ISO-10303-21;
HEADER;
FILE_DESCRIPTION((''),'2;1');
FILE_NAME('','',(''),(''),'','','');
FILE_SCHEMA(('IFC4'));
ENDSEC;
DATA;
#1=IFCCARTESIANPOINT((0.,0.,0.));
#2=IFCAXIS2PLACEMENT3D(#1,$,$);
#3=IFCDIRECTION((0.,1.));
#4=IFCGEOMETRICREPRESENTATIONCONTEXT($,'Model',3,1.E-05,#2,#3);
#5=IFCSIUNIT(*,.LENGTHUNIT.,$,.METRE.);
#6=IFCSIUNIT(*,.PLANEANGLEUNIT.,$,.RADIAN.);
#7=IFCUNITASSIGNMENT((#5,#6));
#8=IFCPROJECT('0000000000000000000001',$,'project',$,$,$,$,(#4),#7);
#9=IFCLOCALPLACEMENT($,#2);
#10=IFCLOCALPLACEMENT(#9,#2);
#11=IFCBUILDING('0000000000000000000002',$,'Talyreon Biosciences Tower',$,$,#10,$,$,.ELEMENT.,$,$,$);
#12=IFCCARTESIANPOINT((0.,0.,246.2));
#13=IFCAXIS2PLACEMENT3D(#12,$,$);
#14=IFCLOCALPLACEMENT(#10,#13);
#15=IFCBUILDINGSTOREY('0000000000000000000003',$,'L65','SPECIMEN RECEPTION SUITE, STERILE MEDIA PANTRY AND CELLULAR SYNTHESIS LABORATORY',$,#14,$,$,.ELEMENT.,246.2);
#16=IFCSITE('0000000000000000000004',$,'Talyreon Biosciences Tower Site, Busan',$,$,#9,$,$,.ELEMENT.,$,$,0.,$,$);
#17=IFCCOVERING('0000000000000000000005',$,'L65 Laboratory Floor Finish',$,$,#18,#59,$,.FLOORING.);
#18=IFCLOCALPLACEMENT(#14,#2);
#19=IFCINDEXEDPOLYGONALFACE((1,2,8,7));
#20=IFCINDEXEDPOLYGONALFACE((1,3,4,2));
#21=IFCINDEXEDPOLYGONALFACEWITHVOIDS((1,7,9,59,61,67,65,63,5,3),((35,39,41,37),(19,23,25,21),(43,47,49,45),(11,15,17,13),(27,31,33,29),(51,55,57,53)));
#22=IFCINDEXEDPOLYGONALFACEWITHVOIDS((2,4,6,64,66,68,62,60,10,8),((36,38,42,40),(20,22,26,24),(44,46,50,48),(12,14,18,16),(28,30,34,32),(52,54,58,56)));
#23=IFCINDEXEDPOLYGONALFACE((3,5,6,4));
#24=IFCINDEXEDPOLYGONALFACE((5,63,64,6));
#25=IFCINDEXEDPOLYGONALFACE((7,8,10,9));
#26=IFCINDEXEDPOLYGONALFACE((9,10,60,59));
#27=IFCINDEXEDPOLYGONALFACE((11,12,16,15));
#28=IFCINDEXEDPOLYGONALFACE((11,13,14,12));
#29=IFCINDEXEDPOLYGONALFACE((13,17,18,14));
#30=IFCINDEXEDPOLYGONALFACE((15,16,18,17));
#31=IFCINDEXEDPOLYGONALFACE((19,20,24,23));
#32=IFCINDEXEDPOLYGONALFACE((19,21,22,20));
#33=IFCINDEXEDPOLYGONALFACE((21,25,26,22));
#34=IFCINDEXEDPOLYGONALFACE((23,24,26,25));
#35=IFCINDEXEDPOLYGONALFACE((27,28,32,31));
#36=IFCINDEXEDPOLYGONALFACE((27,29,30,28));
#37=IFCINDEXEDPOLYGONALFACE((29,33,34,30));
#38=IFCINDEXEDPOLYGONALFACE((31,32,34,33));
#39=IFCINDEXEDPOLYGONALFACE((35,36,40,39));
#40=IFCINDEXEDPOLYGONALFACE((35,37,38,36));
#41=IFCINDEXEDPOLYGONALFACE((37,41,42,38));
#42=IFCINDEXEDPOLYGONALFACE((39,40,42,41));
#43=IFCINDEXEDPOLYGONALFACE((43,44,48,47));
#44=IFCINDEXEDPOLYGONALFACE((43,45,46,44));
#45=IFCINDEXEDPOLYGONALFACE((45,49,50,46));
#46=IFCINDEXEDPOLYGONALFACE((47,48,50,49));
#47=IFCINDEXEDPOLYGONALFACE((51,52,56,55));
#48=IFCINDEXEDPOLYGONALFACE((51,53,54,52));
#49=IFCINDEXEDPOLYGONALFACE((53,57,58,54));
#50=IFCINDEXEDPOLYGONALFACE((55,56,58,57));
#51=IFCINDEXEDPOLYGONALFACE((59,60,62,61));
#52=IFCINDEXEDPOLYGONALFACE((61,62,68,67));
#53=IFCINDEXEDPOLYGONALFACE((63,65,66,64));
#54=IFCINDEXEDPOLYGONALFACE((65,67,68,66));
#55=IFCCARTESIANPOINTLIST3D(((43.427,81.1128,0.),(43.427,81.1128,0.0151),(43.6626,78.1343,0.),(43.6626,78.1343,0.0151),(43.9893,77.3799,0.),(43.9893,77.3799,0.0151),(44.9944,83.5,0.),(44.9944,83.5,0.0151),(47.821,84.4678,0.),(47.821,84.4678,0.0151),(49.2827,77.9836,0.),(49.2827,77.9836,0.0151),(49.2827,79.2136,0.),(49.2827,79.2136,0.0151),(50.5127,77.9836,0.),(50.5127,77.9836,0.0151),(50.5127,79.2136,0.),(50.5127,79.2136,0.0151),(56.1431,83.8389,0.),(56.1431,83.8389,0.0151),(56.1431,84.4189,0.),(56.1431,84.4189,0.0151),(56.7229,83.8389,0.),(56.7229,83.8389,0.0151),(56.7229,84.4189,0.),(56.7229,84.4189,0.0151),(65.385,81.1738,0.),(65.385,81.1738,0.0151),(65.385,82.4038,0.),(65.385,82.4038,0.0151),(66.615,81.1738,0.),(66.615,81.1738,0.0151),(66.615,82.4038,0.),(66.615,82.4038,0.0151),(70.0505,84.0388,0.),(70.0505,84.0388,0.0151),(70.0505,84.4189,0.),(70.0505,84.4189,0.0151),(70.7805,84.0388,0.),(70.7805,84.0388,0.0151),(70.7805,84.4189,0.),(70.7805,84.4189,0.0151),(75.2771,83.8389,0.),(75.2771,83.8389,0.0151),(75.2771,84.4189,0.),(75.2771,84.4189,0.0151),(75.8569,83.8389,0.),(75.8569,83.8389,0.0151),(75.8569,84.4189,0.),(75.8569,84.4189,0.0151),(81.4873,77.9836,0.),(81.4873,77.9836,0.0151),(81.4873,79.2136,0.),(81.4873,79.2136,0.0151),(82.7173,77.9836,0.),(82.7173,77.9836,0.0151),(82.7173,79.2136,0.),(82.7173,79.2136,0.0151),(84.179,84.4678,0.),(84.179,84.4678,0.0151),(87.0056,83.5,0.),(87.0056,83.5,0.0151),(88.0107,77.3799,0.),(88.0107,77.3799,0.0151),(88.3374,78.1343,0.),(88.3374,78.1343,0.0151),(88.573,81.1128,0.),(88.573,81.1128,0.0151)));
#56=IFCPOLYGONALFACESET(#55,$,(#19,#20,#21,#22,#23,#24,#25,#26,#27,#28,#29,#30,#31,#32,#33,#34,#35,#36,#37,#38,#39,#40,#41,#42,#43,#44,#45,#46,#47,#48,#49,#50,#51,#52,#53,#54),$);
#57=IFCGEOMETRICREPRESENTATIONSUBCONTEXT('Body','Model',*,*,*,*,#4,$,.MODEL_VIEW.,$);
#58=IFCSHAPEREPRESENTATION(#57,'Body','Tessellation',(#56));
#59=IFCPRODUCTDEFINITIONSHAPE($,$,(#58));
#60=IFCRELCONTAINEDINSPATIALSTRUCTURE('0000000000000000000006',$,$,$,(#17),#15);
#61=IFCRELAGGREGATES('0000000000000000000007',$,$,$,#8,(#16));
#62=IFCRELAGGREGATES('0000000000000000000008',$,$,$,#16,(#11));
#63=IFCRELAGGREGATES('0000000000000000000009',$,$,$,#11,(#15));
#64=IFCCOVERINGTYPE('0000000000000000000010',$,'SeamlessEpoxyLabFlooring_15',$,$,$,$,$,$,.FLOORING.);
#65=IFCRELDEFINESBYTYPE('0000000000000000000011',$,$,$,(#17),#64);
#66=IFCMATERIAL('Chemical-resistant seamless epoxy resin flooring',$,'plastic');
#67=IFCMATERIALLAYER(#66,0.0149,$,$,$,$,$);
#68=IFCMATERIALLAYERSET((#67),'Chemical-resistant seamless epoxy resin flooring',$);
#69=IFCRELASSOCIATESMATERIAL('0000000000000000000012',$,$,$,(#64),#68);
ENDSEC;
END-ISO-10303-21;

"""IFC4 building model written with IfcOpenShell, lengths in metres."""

from ifc_helpers import new_model, si_unit, direction, frame, origin, place, context, subcontext, project, spatial, polyline, outline, extrude, material, layer, layer_set, type_object, element, save


model = new_model("IFC4")

# Units and contexts
model_context = context("Model", 3, precision=1e-05, world=origin(), true_north=direction((0.0, 1.0)))
body_context = subcontext(model_context, "Body", "Model", "MODEL_VIEW")
ifc_project = project(units=[si_unit("LENGTHUNIT", "METRE"), si_unit("PLANEANGLEUNIT", "RADIAN")], contexts=[model_context])

# Site, building, storey
site_placement = place(None, origin())
site = spatial("IfcSite", under=ifc_project, at=site_placement, Name="Talyreon Biosciences Tower Site, Busan", CompositionType="ELEMENT", RefElevation=0.0)
building_placement = place(site_placement, origin())
building = spatial("IfcBuilding", under=site, at=building_placement, Name="Talyreon Biosciences Tower", CompositionType="ELEMENT")
storey_placement = place(building_placement, frame((0.0, 0.0, 246.2)))
storey = spatial("IfcBuildingStorey", under=building, at=storey_placement, Name="L65", Description="SPECIMEN RECEPTION SUITE, STERILE MEDIA PANTRY AND CELLULAR SYNTHESIS LABORATORY", CompositionType="ELEMENT", Elevation=246.2)

# Covering
ifc_material_1 = material(Name="Chemical-resistant seamless epoxy resin flooring", Category="plastic")
ifc_layer_1 = layer(ifc_material_1, 0.0149)
ifc_layer_set_1 = layer_set([ifc_layer_1], Name="Chemical-resistant seamless epoxy resin flooring")
covering_type_1 = type_object("IfcCoveringType", Name="SeamlessEpoxyLabFlooring_15", PredefinedType="FLOORING", material=ifc_layer_set_1)
covering_1_placement = place(storey_placement, origin())
element("IfcCovering", 1, at=covering_1_placement, inside=storey, type_object=covering_type_1, Name="L65 Laboratory Floor Finish", PredefinedType="FLOORING", context=body_context, shape_type="SweptSolid", body=[
    extrude(outline(polyline([(43.427, 81.1128), (44.9944, 83.5), (47.821, 84.4678), (84.179, 84.4678), (87.0056, 83.5), (88.573, 81.1128), (88.3374, 78.1343), (88.0107, 77.3799), (43.9893, 77.3799), (43.6626, 78.1343), (43.427, 81.1128)]), holes=[polyline([(49.2827, 77.9836), (50.5127, 77.9836), (50.5127, 79.2136), (49.2827, 79.2136), (49.2827, 77.9836)]), polyline([(65.385, 81.1738), (66.615, 81.1738), (66.615, 82.4038), (65.385, 82.4038), (65.385, 81.1738)]), polyline([(56.1431, 84.4189), (56.1431, 83.8389), (56.7229, 83.8389), (56.7229, 84.4189), (56.1431, 84.4189)]), polyline([(82.7173, 77.9836), (82.7173, 79.2136), (81.4873, 79.2136), (81.4873, 77.9836), (82.7173, 77.9836)]), polyline([(75.8569, 84.4189), (75.2771, 84.4189), (75.2771, 83.8389), (75.8569, 83.8389), (75.8569, 84.4189)]), polyline([(70.7805, 84.4189), (70.0505, 84.4189), (70.0505, 84.0388), (70.7805, 84.0388), (70.7805, 84.4189)])]), origin(), (0.0, 0.0, 1.0), 0.0151),
])

save(model, "model.ifc")
